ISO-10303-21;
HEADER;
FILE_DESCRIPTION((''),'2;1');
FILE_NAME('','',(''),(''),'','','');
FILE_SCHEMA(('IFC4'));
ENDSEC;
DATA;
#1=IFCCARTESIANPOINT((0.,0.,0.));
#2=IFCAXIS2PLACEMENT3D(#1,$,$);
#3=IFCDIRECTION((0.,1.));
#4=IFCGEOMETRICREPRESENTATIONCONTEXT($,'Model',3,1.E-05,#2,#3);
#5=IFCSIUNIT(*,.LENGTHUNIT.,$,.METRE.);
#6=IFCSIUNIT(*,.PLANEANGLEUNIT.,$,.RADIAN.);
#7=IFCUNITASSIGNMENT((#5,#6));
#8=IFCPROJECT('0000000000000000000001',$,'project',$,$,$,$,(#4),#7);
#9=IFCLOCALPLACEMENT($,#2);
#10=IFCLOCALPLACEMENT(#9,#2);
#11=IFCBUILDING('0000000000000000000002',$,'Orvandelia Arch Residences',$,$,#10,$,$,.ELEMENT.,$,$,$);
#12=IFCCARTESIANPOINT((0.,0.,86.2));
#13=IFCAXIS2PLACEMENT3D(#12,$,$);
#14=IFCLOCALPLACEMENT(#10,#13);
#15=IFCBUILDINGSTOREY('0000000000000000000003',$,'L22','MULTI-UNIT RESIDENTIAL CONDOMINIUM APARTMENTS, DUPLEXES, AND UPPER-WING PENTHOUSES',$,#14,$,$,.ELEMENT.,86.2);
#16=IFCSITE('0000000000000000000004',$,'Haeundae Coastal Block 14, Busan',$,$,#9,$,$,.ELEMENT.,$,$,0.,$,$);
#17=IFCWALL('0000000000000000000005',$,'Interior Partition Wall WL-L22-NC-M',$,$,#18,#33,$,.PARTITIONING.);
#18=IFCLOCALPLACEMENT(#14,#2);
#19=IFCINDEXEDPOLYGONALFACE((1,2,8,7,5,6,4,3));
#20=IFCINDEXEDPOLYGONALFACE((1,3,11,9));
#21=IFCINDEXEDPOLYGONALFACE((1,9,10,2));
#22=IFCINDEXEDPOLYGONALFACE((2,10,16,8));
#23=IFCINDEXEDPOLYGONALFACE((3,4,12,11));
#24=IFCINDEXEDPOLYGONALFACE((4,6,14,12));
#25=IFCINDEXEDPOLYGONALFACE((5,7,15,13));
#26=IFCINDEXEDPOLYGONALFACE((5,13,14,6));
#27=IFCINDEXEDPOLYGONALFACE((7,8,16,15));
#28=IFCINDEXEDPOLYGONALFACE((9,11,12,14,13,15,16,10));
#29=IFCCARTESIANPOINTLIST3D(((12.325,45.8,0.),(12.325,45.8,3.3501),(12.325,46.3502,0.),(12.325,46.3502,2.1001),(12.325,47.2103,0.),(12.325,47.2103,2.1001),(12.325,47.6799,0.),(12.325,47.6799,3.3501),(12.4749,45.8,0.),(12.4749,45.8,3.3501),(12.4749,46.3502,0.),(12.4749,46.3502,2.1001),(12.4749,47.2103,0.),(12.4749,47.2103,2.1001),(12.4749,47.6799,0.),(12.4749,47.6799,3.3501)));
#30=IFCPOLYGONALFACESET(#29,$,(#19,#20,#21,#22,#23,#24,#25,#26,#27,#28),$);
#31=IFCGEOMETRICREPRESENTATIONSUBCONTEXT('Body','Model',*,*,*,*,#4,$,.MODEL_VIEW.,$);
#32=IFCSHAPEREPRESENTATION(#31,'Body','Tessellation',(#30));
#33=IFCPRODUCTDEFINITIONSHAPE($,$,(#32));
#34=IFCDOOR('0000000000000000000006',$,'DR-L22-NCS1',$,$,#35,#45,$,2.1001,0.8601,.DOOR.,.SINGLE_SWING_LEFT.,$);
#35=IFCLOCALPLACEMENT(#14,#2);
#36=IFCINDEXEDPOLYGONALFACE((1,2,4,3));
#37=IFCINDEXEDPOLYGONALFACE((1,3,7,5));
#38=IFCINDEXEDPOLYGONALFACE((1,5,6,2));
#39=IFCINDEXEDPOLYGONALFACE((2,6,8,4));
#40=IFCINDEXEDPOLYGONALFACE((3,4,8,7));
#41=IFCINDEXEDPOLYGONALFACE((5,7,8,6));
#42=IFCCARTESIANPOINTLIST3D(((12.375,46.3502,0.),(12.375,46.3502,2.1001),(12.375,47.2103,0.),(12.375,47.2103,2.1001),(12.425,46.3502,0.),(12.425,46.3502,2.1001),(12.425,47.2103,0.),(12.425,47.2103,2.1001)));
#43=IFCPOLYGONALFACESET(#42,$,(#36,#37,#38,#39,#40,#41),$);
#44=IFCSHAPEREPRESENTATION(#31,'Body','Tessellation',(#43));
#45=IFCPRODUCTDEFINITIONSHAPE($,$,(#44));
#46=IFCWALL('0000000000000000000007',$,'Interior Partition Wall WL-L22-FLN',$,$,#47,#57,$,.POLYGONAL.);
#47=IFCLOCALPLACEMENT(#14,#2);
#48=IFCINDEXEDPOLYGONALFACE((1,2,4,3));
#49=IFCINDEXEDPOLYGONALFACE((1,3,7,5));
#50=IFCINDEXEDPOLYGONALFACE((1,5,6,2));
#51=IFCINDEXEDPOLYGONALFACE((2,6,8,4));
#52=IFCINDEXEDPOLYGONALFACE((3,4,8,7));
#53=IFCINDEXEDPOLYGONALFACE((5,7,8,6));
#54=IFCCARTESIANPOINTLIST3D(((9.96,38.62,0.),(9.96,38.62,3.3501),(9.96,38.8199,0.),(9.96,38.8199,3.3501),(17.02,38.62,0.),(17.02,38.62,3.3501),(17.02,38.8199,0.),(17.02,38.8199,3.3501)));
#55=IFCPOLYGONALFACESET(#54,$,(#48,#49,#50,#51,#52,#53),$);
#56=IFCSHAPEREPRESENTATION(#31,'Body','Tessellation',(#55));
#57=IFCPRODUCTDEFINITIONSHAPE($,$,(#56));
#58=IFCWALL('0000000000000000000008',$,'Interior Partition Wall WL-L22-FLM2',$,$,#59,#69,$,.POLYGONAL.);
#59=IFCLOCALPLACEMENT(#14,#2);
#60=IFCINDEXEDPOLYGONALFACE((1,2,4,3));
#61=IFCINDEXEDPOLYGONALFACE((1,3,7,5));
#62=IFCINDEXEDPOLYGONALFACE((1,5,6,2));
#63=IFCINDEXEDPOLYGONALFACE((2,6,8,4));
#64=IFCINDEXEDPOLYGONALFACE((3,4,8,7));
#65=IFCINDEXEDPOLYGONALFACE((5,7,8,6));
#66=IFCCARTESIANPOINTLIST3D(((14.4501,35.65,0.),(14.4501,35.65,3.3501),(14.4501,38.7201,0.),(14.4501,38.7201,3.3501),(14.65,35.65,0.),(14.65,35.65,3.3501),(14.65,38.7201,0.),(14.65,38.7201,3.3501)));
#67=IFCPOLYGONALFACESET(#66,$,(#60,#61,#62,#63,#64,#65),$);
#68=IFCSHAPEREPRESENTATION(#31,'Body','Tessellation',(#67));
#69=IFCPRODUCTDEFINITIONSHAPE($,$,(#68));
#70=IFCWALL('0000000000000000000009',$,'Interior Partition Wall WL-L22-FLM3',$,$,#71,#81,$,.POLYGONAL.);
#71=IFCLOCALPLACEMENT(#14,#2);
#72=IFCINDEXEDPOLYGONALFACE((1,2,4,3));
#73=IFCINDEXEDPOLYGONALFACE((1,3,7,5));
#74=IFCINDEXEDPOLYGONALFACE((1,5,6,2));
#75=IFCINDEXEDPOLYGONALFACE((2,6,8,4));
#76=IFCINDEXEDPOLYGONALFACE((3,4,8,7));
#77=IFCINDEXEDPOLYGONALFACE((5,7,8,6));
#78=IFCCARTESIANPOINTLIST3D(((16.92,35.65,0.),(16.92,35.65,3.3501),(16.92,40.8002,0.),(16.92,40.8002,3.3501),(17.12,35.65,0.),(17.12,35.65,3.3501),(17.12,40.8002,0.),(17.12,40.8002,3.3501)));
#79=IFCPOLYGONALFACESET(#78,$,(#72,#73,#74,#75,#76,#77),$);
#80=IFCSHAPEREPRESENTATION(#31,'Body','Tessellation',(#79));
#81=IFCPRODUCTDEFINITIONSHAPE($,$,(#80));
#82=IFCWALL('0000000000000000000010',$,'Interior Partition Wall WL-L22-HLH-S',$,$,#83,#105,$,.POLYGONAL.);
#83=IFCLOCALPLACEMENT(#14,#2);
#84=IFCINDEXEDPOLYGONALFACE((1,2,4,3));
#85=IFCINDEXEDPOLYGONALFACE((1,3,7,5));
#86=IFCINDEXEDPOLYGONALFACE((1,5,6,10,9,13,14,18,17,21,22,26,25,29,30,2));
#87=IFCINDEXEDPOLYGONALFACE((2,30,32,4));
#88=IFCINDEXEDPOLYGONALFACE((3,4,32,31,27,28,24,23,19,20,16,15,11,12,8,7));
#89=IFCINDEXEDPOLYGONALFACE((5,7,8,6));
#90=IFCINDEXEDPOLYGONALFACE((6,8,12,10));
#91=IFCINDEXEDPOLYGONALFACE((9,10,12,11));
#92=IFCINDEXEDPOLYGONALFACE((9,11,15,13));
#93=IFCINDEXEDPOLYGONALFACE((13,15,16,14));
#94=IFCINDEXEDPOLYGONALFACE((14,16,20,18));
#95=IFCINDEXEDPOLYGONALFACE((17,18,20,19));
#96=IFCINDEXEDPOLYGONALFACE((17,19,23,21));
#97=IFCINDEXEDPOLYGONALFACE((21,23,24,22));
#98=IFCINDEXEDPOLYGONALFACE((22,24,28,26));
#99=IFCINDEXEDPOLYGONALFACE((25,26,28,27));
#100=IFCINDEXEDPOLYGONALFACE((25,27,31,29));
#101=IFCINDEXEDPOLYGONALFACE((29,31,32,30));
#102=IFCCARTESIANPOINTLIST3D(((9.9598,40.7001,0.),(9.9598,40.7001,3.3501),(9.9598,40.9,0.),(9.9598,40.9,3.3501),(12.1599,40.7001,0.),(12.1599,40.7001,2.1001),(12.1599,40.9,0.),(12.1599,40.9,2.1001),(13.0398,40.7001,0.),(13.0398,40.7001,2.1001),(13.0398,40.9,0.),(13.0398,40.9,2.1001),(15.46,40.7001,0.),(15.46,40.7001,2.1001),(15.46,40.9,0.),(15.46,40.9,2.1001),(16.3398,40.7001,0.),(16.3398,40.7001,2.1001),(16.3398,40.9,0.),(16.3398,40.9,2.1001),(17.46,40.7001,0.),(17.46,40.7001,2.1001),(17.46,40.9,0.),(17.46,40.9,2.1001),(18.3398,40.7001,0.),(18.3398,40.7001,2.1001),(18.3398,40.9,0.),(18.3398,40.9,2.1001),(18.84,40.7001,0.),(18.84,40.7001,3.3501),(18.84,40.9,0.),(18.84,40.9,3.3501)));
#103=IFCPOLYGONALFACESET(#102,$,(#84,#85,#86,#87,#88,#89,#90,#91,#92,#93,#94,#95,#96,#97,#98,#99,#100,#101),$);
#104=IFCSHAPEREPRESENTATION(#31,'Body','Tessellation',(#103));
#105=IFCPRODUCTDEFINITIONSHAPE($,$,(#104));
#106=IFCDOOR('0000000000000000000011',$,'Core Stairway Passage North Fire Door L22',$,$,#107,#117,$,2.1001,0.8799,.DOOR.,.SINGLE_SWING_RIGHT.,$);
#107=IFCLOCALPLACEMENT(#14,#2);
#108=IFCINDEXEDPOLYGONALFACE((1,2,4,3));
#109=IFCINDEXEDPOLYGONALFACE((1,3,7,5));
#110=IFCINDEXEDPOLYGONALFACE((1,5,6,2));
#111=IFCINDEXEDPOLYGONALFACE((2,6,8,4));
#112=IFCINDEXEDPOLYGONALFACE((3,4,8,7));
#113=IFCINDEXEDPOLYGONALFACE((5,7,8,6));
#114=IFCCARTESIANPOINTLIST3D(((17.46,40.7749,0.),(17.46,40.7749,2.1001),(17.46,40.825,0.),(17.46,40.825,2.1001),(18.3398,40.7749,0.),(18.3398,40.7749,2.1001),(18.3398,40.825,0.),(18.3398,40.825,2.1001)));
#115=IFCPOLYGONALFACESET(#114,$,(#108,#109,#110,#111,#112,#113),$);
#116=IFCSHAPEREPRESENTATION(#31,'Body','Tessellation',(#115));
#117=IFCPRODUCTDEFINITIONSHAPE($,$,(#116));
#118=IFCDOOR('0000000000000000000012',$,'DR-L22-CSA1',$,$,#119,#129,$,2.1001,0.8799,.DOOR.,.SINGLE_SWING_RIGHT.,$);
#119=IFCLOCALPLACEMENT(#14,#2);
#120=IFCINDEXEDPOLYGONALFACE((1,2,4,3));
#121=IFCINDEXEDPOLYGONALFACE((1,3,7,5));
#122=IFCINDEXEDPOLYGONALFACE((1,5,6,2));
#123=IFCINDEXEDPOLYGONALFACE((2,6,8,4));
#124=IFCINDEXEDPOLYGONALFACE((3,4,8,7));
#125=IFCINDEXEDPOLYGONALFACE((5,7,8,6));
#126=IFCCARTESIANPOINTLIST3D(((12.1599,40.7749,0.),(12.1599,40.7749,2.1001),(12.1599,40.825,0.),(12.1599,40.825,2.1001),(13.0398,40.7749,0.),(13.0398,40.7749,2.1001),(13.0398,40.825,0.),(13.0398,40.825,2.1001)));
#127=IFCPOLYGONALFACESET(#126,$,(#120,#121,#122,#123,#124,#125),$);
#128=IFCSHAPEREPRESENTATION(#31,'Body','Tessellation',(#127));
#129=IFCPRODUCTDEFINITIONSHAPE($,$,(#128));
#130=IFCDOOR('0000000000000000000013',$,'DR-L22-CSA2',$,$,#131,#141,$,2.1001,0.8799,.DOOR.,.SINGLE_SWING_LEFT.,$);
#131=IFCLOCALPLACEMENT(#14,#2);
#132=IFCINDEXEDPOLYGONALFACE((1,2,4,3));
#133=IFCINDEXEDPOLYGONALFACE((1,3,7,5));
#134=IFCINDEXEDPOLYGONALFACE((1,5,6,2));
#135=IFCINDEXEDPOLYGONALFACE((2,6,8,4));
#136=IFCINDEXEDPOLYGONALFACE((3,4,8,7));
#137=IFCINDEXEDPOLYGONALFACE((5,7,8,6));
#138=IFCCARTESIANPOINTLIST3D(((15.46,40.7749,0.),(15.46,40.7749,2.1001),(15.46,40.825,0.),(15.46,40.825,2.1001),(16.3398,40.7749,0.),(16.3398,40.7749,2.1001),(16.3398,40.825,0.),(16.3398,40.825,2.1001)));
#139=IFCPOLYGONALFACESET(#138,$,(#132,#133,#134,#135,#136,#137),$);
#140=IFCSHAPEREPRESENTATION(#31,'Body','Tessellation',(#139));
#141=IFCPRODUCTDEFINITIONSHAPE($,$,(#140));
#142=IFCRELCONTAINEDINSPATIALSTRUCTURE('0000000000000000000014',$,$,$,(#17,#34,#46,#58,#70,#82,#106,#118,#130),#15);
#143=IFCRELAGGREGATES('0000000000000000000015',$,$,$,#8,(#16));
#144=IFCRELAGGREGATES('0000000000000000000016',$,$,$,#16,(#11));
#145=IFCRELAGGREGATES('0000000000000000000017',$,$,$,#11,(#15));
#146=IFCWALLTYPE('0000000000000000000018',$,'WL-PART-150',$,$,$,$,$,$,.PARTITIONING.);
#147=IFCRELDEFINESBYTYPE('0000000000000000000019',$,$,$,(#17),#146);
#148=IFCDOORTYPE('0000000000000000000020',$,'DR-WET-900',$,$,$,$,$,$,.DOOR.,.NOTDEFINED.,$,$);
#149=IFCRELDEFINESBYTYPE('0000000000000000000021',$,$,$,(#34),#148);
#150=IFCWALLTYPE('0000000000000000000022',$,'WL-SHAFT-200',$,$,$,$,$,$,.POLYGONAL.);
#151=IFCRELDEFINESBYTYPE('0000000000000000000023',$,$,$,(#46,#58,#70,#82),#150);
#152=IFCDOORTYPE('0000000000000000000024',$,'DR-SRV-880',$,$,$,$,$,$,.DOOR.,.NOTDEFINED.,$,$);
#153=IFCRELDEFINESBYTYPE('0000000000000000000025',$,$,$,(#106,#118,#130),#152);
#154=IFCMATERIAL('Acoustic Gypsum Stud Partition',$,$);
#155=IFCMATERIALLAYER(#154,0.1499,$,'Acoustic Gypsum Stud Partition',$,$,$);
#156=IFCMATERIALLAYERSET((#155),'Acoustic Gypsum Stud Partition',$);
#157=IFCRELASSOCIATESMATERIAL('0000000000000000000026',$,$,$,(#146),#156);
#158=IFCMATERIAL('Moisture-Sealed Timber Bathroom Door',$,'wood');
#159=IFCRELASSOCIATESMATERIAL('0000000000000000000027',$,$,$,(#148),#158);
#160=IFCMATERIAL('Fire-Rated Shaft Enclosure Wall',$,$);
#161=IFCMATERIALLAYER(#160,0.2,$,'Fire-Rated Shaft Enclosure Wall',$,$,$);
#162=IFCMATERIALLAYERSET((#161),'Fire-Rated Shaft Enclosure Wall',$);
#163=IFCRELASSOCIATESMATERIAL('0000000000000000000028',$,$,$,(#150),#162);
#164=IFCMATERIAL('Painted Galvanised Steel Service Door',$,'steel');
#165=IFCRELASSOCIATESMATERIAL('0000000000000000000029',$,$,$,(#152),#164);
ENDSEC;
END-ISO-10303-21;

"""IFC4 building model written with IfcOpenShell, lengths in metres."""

from ifc_helpers import new_model, si_unit, direction, frame, frame_2d, origin, place, context, subcontext, project, spatial, rectangle, extrude, material, layer, layer_set, type_object, element, fill, save


model = new_model("IFC4")

# Units and contexts
model_context = context("Model", 3, precision=1e-05, world=origin(), true_north=direction((0.0, 1.0)))
body_context = subcontext(model_context, "Body", "Model", "MODEL_VIEW")
ifc_project = project(units=[si_unit("LENGTHUNIT", "METRE"), si_unit("PLANEANGLEUNIT", "RADIAN")], contexts=[model_context])

# Site, building, storey
site_placement = place(None, origin())
site = spatial("IfcSite", under=ifc_project, at=site_placement, Name="Haeundae Coastal Block 14, Busan", CompositionType="ELEMENT", RefElevation=0.0)
building_placement = place(site_placement, origin())
building = spatial("IfcBuilding", under=site, at=building_placement, Name="Orvandelia Arch Residences", CompositionType="ELEMENT")
storey_placement = place(building_placement, frame((0.0, 0.0, 86.2)))
storey = spatial("IfcBuildingStorey", under=building, at=storey_placement, Name="L22", Description="MULTI-UNIT RESIDENTIAL CONDOMINIUM APARTMENTS, DUPLEXES, AND UPPER-WING PENTHOUSES", CompositionType="ELEMENT", Elevation=86.2)

# Shared definitions
ifc_material_1 = material(Name="Acoustic Gypsum Stud Partition")
ifc_layer_1 = layer(ifc_material_1, 0.1499, Name="Acoustic Gypsum Stud Partition")
ifc_layer_set_1 = layer_set([ifc_layer_1], Name="Acoustic Gypsum Stud Partition")
wall_type_1 = type_object("IfcWallType", Name="WL-PART-150", PredefinedType="PARTITIONING", material=ifc_layer_set_1)

# Wall, opening, door
wall_1_placement = place(storey_placement, frame((12.3999, 45.8, 0.0), z_axis=(0.0, 0.0, 1.0), x_axis=(0.0, 1.0, 0.0)))
wall_1 = element("IfcWall", 1, at=wall_1_placement, inside=storey, type_object=wall_type_1, Name="Interior Partition Wall WL-L22-NC-M", PredefinedType="PARTITIONING", context=body_context, shape_type="SweptSolid", body=[
    extrude(rectangle(XDim=1.8799, YDim=0.1499, at=frame_2d((0.9399, 0.0))), origin(), (0.0, 0.0, 1.0), 3.3501),
])
opening_1_placement = place(wall_1_placement, frame((0.55, 0.0, 0.0)))
opening_1 = element("IfcOpeningElement", 2, at=opening_1_placement, cuts=wall_1, PredefinedType="OPENING", context=body_context, shape_type="SweptSolid", body=[
    extrude(rectangle(XDim=0.8601, YDim=2.1001, at=frame_2d((0.4302, 1.05))), frame((0.0, 0.085, 0.0), z_axis=(0.0, -1.0, 0.0), x_axis=(1.0, 0.0, 0.0)), (0.0, 0.0, 1.0), 0.1699),
])
ifc_material_2 = material(Name="Moisture-Sealed Timber Bathroom Door", Category="wood")
door_type_1 = type_object("IfcDoorType", Name="DR-WET-900", OperationType="NOTDEFINED", PredefinedType="DOOR", material=ifc_material_2)
door_1_placement = place(opening_1_placement, origin())
door_1 = element("IfcDoor", 3, at=door_1_placement, inside=storey, type_object=door_type_1, Name="DR-L22-NCS1", OperationType="SINGLE_SWING_LEFT", OverallHeight=2.1001, OverallWidth=0.8601, PredefinedType="DOOR", context=body_context, shape_type="SweptSolid", body=[
    extrude(rectangle(XDim=0.8601, YDim=2.1001, at=frame_2d((0.4302, 1.05))), frame((0.0, 0.0249, 0.0), z_axis=(0.0, -1.0, 0.0), x_axis=(1.0, 0.0, 0.0)), (0.0, 0.0, 1.0), 0.05),
])
fill(opening_1, door_1)

# Walls
ifc_material_3 = material(Name="Fire-Rated Shaft Enclosure Wall")
ifc_layer_2 = layer(ifc_material_3, 0.2, Name="Fire-Rated Shaft Enclosure Wall")
ifc_layer_set_2 = layer_set([ifc_layer_2], Name="Fire-Rated Shaft Enclosure Wall")
wall_type_2 = type_object("IfcWallType", Name="WL-SHAFT-200", PredefinedType="POLYGONAL", material=ifc_layer_set_2)
wall_2_placement = place(storey_placement, frame((9.96, 38.72, 0.0), z_axis=(0.0, 0.0, 1.0), x_axis=(1.0, 0.0, 0.0)))
element("IfcWall", 4, at=wall_2_placement, inside=storey, type_object=wall_type_2, Name="Interior Partition Wall WL-L22-FLN", PredefinedType="POLYGONAL", context=body_context, shape_type="SweptSolid", body=[
    extrude(rectangle(XDim=7.0601, YDim=0.2, at=frame_2d((3.53, 0.0))), origin(), (0.0, 0.0, 1.0), 3.3501),
])
wall_3_placement = place(storey_placement, frame((14.55, 35.6499, 0.0), z_axis=(0.0, 0.0, 1.0), x_axis=(0.0, 1.0, 0.0)))
element("IfcWall", 5, at=wall_3_placement, inside=storey, type_object=wall_type_2, Name="Interior Partition Wall WL-L22-FLM2", PredefinedType="POLYGONAL", context=body_context, shape_type="SweptSolid", body=[
    extrude(rectangle(XDim=3.0701, YDim=0.2, at=frame_2d((1.5352, 0.0))), origin(), (0.0, 0.0, 1.0), 3.3501),
])
wall_4_placement = place(storey_placement, frame((17.02, 35.6499, 0.0), z_axis=(0.0, 0.0, 1.0), x_axis=(0.0, 1.0, 0.0)))
element("IfcWall", 6, at=wall_4_placement, inside=storey, type_object=wall_type_2, Name="Interior Partition Wall WL-L22-FLM3", PredefinedType="POLYGONAL", context=body_context, shape_type="SweptSolid", body=[
    extrude(rectangle(XDim=5.1501, YDim=0.2, at=frame_2d((2.5752, 0.0))), origin(), (0.0, 0.0, 1.0), 3.3501),
])

# Wall, openings, doors
wall_5_placement = place(storey_placement, frame((9.96, 40.8, 0.0), z_axis=(0.0, 0.0, 1.0), x_axis=(1.0, 0.0, 0.0)))
wall_5 = element("IfcWall", 7, at=wall_5_placement, inside=storey, type_object=wall_type_2, Name="Interior Partition Wall WL-L22-HLH-S", PredefinedType="POLYGONAL", context=body_context, shape_type="SweptSolid", body=[
    extrude(rectangle(XDim=8.8801, YDim=0.2, at=frame_2d((4.4399, 0.0))), origin(), (0.0, 0.0, 1.0), 3.3501),
])
opening_2_placement = place(wall_5_placement, frame((7.5, 0.0, 0.0)))
opening_2 = element("IfcOpeningElement", 8, at=opening_2_placement, cuts=wall_5, PredefinedType="OPENING", context=body_context, shape_type="SweptSolid", body=[
    extrude(rectangle(XDim=0.8799, YDim=2.1001, at=frame_2d((0.4399, 1.05))), frame((0.0, 0.1099, 0.0), z_axis=(0.0, -1.0, 0.0), x_axis=(1.0, 0.0, 0.0)), (0.0, 0.0, 1.0), 0.22),
])
opening_3_placement = place(wall_5_placement, frame((2.2, 0.0, 0.0)))
opening_3 = element("IfcOpeningElement", 9, at=opening_3_placement, cuts=wall_5, PredefinedType="OPENING", context=body_context, shape_type="SweptSolid", body=[
    extrude(rectangle(XDim=0.8799, YDim=2.1001, at=frame_2d((0.4399, 1.05))), frame((0.0, 0.1099, 0.0), z_axis=(0.0, -1.0, 0.0), x_axis=(1.0, 0.0, 0.0)), (0.0, 0.0, 1.0), 0.22),
])
opening_4_placement = place(wall_5_placement, frame((5.5, 0.0, 0.0)))
opening_4 = element("IfcOpeningElement", 10, at=opening_4_placement, cuts=wall_5, PredefinedType="OPENING", context=body_context, shape_type="SweptSolid", body=[
    extrude(rectangle(XDim=0.8799, YDim=2.1001, at=frame_2d((0.4399, 1.05))), frame((0.0, 0.1099, 0.0), z_axis=(0.0, -1.0, 0.0), x_axis=(1.0, 0.0, 0.0)), (0.0, 0.0, 1.0), 0.22),
])
ifc_material_4 = material(Name="Painted Galvanised Steel Service Door", Category="steel")
door_type_2 = type_object("IfcDoorType", Name="DR-SRV-880", OperationType="NOTDEFINED", PredefinedType="DOOR", material=ifc_material_4)
door_2_placement = place(opening_2_placement, origin())
door_2 = element("IfcDoor", 11, at=door_2_placement, inside=storey, type_object=door_type_2, Name="Core Stairway Passage North Fire Door L22", OperationType="SINGLE_SWING_RIGHT", OverallHeight=2.1001, OverallWidth=0.8799, PredefinedType="DOOR", context=body_context, shape_type="SweptSolid", body=[
    extrude(rectangle(XDim=0.8799, YDim=2.1001, at=frame_2d((0.4399, 1.05))), frame((0.0, 0.0249, 0.0), z_axis=(0.0, -1.0, 0.0), x_axis=(1.0, 0.0, 0.0)), (0.0, 0.0, 1.0), 0.05),
])
fill(opening_2, door_2)
door_3_placement = place(opening_3_placement, origin())
door_3 = element("IfcDoor", 12, at=door_3_placement, inside=storey, type_object=door_type_2, Name="DR-L22-CSA1", OperationType="SINGLE_SWING_RIGHT", OverallHeight=2.1001, OverallWidth=0.8799, PredefinedType="DOOR", context=body_context, shape_type="SweptSolid", body=[
    extrude(rectangle(XDim=0.8799, YDim=2.1001, at=frame_2d((0.4399, 1.05))), frame((0.0, 0.0249, 0.0), z_axis=(0.0, -1.0, 0.0), x_axis=(1.0, 0.0, 0.0)), (0.0, 0.0, 1.0), 0.05),
])
fill(opening_3, door_3)
door_4_placement = place(opening_4_placement, origin())
door_4 = element("IfcDoor", 13, at=door_4_placement, inside=storey, type_object=door_type_2, Name="DR-L22-CSA2", OperationType="SINGLE_SWING_LEFT", OverallHeight=2.1001, OverallWidth=0.8799, PredefinedType="DOOR", context=body_context, shape_type="SweptSolid", body=[
    extrude(rectangle(XDim=0.8799, YDim=2.1001, at=frame_2d((0.4399, 1.05))), frame((0.0, 0.0249, 0.0), z_axis=(0.0, -1.0, 0.0), x_axis=(1.0, 0.0, 0.0)), (0.0, 0.0, 1.0), 0.05),
])
fill(opening_4, door_4)

save(model, "model.ifc")
